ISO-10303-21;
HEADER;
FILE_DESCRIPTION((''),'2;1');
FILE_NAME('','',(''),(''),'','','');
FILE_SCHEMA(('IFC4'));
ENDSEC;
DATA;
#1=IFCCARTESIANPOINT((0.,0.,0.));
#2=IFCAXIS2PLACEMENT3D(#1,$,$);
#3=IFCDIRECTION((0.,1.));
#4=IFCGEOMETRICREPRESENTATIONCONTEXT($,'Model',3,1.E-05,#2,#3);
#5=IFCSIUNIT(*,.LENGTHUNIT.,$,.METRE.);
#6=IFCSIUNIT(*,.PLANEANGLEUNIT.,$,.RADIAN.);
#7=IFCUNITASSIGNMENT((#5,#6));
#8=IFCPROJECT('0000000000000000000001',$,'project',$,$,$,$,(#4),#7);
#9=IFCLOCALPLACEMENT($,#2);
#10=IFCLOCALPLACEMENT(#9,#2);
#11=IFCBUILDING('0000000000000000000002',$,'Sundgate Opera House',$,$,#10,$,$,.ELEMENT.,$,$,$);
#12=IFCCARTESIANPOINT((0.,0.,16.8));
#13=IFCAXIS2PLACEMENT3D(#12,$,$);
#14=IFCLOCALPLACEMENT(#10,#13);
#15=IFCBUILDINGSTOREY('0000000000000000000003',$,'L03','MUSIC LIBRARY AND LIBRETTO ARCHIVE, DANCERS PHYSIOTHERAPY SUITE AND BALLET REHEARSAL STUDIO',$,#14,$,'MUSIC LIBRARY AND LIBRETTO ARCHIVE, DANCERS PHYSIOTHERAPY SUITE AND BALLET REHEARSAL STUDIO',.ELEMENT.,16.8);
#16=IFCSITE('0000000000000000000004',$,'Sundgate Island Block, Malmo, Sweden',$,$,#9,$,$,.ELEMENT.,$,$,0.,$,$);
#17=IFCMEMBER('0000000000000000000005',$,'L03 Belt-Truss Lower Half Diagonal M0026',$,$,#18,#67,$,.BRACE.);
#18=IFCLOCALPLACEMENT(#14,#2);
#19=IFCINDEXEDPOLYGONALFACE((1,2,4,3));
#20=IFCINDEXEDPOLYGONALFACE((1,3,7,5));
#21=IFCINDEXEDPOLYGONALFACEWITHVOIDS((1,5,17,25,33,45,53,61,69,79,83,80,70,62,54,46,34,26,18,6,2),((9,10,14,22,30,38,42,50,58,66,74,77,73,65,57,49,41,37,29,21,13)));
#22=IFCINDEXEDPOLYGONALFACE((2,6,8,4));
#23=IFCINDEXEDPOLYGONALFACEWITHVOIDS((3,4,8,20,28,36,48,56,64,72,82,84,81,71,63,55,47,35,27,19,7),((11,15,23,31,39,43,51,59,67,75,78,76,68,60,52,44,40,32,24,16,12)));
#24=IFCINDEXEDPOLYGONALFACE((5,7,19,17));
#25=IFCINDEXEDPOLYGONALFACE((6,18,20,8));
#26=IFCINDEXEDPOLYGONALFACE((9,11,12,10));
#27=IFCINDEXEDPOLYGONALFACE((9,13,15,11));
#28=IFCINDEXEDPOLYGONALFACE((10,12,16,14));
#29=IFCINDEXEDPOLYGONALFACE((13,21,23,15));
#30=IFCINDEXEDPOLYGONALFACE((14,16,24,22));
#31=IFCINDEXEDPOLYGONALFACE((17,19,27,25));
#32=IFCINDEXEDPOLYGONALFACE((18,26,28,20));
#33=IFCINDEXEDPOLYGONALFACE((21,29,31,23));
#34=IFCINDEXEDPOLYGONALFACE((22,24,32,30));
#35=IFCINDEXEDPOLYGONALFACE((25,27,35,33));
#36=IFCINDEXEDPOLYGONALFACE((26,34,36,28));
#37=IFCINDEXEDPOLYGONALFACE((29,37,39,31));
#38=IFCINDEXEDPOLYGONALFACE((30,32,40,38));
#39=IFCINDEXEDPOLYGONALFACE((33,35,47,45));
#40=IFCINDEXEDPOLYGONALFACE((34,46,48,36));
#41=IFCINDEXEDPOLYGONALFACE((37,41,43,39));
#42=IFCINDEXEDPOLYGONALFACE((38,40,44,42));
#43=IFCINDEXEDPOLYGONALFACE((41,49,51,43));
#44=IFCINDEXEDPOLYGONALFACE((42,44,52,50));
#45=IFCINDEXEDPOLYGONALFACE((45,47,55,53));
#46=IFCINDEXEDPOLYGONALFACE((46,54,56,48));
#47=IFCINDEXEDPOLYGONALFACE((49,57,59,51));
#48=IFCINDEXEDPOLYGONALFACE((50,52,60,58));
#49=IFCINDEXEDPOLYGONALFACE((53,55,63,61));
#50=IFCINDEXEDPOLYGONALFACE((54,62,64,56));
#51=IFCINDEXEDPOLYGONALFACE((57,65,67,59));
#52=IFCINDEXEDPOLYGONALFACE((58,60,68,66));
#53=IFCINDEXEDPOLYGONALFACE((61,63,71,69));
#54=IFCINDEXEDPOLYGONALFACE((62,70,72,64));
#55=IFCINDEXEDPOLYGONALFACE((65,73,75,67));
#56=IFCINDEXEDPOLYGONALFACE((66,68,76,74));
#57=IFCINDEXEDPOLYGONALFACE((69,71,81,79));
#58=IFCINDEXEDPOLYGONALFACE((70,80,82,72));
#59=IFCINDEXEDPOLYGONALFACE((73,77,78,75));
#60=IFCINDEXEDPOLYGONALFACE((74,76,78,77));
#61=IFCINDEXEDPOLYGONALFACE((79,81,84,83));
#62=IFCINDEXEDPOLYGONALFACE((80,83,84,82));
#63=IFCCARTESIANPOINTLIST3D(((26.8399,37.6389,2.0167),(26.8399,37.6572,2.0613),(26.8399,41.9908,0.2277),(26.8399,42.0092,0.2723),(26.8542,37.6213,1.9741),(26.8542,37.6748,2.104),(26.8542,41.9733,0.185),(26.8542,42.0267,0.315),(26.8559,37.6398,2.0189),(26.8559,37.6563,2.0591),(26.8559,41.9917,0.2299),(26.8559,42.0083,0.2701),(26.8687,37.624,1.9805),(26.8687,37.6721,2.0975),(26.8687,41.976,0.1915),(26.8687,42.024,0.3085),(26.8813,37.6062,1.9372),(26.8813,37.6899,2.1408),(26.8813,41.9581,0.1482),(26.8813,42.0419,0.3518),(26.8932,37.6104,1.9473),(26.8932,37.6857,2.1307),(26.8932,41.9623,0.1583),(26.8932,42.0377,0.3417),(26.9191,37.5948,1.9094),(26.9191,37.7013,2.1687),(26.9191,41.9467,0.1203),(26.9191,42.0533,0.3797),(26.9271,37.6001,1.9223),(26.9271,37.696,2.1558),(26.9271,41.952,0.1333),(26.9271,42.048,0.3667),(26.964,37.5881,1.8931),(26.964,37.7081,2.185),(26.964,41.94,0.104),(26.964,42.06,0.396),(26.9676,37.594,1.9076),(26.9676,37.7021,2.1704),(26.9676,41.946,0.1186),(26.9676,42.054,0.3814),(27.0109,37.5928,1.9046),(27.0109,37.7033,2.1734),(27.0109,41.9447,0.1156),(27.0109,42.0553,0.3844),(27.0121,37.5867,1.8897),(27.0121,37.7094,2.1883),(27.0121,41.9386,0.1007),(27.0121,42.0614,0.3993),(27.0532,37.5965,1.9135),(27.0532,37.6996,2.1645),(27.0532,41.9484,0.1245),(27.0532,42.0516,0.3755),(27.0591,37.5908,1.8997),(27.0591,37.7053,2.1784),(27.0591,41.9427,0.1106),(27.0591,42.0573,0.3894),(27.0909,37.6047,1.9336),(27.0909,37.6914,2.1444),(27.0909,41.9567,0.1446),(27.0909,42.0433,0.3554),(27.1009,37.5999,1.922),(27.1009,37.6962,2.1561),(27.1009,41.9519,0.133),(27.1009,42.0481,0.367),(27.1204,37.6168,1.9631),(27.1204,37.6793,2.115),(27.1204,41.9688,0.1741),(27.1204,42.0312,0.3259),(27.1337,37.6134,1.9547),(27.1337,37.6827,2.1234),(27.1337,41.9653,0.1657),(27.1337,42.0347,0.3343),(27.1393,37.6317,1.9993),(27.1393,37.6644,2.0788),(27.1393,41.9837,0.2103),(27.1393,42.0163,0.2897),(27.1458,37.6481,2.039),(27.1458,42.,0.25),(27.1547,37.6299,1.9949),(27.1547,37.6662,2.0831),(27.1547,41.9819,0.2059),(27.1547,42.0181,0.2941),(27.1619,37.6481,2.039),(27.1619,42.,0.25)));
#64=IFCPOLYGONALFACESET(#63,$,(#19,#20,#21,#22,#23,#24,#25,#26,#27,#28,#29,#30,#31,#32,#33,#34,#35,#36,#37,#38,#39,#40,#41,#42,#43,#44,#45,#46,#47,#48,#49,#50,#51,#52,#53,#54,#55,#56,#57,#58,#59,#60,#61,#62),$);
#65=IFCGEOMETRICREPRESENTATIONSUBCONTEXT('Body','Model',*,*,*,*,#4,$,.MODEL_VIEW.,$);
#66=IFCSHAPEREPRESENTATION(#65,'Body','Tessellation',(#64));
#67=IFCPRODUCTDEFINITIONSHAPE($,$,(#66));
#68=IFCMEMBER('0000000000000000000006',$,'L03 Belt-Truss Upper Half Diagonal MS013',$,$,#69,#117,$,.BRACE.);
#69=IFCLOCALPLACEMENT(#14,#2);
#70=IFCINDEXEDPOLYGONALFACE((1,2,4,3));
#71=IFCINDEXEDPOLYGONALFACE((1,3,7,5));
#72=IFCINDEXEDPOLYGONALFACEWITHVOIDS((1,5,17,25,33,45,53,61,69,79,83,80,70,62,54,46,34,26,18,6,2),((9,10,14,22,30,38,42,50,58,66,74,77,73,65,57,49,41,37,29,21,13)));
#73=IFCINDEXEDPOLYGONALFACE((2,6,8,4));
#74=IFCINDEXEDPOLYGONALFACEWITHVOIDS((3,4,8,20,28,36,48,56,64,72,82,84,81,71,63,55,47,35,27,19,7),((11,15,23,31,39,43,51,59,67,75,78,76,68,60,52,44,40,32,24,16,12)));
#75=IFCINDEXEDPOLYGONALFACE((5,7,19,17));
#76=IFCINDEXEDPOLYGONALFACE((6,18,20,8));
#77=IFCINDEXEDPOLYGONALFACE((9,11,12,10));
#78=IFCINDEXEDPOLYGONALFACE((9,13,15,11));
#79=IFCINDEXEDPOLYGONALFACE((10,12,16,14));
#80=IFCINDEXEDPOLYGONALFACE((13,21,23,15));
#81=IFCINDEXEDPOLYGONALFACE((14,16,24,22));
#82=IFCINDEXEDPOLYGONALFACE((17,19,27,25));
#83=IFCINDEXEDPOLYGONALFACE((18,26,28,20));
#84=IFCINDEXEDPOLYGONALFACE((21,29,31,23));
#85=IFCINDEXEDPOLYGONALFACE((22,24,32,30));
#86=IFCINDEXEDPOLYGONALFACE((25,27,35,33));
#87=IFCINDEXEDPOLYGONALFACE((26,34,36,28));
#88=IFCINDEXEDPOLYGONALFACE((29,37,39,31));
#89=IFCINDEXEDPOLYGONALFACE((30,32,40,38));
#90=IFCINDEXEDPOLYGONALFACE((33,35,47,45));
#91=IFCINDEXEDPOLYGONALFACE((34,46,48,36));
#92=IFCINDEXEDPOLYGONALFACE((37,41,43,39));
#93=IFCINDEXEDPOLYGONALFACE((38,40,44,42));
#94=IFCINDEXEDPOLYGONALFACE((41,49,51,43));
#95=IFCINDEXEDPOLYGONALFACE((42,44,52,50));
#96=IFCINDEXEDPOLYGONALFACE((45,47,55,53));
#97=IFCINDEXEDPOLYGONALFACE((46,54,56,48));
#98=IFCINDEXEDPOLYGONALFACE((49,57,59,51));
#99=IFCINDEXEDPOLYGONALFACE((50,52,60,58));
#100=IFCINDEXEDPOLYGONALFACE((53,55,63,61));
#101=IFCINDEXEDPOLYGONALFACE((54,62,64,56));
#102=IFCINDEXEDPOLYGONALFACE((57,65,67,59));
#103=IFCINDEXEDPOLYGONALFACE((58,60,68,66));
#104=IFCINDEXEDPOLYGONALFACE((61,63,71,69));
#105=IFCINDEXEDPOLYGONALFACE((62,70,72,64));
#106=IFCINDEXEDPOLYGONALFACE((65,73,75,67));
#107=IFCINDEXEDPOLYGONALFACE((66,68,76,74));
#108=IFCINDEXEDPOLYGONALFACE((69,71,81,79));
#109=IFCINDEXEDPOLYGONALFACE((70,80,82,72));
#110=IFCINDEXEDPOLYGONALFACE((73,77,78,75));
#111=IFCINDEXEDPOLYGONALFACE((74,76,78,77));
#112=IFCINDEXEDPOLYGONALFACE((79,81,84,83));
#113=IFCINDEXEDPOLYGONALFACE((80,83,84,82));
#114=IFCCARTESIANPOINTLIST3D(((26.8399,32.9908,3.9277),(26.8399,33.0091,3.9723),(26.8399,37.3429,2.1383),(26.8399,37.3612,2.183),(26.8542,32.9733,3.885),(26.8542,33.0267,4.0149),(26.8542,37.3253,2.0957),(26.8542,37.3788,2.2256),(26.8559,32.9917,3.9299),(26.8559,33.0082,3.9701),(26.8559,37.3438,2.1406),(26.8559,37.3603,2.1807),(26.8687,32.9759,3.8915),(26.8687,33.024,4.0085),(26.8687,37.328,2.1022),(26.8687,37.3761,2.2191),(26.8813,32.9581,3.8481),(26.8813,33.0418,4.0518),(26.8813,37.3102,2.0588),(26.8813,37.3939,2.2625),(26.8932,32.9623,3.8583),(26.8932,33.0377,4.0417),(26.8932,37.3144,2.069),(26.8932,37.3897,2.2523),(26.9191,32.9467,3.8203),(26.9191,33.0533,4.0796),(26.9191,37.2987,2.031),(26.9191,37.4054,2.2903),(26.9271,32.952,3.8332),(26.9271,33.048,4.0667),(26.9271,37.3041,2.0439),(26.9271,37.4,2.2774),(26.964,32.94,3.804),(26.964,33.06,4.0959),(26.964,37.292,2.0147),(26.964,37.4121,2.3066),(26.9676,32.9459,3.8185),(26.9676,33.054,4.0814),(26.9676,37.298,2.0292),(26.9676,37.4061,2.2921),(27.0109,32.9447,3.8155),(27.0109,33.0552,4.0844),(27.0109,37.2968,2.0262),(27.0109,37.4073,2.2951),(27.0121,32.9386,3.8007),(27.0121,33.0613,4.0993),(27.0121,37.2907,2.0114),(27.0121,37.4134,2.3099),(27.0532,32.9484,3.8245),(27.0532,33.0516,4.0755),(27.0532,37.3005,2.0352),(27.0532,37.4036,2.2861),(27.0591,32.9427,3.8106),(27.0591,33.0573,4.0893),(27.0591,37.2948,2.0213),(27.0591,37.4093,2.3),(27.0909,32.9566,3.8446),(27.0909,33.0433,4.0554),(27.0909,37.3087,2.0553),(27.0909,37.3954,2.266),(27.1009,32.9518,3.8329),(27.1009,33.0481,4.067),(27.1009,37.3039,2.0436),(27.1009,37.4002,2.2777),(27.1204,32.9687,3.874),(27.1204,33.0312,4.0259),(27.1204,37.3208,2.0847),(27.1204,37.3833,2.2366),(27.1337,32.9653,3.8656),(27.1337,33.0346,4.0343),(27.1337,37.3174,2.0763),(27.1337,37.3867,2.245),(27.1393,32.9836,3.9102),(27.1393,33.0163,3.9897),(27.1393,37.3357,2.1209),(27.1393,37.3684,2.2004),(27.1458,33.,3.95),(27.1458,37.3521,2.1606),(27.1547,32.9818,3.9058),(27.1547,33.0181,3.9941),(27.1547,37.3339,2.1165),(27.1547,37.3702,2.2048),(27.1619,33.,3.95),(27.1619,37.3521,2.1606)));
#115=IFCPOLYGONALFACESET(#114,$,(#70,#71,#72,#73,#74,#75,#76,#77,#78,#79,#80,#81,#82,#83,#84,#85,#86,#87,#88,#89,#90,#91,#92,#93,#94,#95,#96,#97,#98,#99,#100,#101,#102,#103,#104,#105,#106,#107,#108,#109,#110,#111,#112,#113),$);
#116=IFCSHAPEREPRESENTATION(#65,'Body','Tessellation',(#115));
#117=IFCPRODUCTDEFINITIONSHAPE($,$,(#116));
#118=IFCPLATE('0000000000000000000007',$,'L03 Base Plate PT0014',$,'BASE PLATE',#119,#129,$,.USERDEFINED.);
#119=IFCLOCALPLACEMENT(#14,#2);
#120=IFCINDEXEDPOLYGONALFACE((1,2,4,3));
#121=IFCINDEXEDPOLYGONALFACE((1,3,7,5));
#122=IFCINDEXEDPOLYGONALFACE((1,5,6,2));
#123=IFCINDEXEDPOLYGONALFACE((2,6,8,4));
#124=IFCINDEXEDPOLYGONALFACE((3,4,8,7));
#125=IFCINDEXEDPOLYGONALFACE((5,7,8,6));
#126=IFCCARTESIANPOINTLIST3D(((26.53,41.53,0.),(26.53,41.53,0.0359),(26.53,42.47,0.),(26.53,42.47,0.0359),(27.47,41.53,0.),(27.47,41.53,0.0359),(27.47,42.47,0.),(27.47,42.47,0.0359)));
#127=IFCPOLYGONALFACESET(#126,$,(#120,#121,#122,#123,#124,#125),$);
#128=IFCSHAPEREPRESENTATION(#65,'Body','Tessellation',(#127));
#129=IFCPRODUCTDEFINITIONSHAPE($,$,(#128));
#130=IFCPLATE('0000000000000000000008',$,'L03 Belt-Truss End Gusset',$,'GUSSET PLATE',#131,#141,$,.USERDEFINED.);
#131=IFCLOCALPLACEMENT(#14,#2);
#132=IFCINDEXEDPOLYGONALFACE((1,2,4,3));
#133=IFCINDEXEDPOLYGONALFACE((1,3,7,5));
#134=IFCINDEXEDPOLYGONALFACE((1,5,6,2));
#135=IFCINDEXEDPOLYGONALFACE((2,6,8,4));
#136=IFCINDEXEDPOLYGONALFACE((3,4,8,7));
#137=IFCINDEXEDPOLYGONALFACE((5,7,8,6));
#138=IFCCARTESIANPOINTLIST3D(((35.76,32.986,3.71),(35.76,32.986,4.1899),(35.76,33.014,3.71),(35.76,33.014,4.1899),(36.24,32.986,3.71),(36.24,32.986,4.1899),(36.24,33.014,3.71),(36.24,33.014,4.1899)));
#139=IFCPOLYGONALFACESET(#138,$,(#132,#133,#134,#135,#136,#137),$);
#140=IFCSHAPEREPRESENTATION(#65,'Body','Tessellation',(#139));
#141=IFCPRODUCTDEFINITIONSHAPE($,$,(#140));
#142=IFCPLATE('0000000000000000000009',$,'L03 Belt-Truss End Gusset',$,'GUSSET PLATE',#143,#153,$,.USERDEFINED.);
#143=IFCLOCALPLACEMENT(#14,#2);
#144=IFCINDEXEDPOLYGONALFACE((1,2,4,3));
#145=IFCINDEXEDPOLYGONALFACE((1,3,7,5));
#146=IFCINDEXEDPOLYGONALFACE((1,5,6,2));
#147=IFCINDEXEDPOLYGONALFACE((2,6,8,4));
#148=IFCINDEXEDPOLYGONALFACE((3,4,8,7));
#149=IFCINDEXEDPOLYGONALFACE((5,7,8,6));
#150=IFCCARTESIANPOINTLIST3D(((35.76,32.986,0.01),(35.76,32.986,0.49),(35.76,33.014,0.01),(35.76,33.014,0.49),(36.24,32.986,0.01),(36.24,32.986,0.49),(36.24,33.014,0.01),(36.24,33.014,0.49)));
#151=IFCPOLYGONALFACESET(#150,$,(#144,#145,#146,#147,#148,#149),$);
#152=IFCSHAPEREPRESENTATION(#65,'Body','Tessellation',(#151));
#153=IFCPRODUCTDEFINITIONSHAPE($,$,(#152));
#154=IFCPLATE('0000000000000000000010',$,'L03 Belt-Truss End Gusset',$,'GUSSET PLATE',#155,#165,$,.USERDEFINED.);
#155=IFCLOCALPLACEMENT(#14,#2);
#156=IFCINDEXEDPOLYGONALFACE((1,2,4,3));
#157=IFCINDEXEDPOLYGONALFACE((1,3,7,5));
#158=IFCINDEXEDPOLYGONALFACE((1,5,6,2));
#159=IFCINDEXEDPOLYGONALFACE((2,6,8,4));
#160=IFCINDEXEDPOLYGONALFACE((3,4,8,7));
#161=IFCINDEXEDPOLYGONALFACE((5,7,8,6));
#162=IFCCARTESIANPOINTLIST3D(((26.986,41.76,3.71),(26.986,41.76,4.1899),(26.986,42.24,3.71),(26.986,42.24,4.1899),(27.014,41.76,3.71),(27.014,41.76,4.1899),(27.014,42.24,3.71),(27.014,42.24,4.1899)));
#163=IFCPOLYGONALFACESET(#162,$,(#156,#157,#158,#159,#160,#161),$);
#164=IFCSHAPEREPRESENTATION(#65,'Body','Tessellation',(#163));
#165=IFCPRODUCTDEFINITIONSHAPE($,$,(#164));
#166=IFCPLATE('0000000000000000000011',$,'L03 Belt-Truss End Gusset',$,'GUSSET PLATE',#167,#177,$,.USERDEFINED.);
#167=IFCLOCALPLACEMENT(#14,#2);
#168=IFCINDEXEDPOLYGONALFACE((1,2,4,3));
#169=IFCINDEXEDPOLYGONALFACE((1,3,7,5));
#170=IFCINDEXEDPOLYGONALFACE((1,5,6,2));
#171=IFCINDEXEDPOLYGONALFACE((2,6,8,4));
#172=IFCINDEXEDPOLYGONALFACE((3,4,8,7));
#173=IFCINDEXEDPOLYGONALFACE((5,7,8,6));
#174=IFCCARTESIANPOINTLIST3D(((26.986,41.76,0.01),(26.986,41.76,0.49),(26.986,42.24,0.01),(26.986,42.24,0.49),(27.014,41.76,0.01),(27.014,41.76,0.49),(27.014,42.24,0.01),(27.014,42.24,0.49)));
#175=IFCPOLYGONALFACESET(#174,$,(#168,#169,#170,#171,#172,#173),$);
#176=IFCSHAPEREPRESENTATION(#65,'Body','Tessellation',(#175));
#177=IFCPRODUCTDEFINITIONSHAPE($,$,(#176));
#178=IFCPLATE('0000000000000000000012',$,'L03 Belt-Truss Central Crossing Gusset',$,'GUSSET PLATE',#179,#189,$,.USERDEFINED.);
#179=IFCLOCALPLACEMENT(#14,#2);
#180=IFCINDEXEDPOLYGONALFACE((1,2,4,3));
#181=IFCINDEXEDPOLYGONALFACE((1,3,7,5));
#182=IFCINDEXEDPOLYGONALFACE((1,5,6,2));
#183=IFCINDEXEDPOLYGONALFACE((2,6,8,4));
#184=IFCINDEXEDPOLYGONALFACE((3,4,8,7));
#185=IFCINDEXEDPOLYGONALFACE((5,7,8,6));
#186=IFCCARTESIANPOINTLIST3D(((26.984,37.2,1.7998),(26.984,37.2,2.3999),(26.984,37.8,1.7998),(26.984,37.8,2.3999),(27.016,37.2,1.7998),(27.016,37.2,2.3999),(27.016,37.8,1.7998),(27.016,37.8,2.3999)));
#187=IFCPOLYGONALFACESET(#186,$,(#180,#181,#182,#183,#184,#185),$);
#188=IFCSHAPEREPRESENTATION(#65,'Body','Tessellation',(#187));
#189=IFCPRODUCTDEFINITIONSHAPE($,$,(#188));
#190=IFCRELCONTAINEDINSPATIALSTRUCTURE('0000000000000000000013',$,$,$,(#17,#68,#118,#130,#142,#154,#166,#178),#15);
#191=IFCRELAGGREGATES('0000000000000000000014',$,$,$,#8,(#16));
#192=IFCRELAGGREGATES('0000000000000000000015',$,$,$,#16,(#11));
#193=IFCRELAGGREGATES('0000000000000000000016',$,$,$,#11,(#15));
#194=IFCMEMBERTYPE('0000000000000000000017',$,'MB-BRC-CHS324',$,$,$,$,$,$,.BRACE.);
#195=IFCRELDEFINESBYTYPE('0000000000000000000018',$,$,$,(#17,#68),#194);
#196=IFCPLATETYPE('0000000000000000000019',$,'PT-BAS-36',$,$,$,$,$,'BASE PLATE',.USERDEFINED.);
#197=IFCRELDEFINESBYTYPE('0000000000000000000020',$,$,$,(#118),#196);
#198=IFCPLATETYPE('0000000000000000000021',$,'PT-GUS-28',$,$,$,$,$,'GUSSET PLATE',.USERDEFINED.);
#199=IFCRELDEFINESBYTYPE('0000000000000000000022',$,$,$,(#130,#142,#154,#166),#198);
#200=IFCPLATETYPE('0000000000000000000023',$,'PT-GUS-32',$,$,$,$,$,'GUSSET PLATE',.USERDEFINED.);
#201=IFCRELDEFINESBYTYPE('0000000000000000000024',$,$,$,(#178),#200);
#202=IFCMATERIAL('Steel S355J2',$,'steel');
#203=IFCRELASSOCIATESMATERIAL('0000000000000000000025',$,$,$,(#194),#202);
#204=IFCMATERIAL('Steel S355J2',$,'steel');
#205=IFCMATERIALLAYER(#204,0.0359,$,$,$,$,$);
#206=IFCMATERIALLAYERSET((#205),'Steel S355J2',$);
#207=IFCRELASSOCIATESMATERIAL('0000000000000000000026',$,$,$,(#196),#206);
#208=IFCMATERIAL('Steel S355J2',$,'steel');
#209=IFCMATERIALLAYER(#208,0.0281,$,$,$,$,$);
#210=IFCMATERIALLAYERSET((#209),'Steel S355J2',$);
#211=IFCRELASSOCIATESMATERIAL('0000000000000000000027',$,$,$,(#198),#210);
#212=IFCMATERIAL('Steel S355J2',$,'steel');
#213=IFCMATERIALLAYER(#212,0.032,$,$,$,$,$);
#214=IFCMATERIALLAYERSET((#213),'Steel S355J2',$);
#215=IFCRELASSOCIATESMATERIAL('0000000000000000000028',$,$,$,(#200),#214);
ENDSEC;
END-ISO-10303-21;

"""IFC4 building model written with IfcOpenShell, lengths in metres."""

from ifc_helpers import new_model, si_unit, direction, frame, origin, origin_2d, place, context, subcontext, project, spatial, rectangle, hollow_circle, extrude, material, layer, layer_set, material_profile, profile_set, type_object, element, save


model = new_model("IFC4")

# Units and contexts
model_context = context("Model", 3, precision=1e-05, world=origin(), true_north=direction((0.0, 1.0)))
body_context = subcontext(model_context, "Body", "Model", "MODEL_VIEW")
ifc_project = project(units=[si_unit("LENGTHUNIT", "METRE"), si_unit("PLANEANGLEUNIT", "RADIAN")], contexts=[model_context])

# Site, building, storey
site_placement = place(None, origin())
site = spatial("IfcSite", under=ifc_project, at=site_placement, Name="Sundgate Island Block, Malmo, Sweden", CompositionType="ELEMENT", RefElevation=0.0)
building_placement = place(site_placement, origin())
building = spatial("IfcBuilding", under=site, at=building_placement, Name="Sundgate Opera House", CompositionType="ELEMENT")
storey_placement = place(building_placement, frame((0.0, 0.0, 16.8)))
storey = spatial("IfcBuildingStorey", under=building, at=storey_placement, Name="L03", Description="MUSIC LIBRARY AND LIBRETTO ARCHIVE, DANCERS PHYSIOTHERAPY SUITE AND BALLET REHEARSAL STUDIO", LongName="MUSIC LIBRARY AND LIBRETTO ARCHIVE, DANCERS PHYSIOTHERAPY SUITE AND BALLET REHEARSAL STUDIO", CompositionType="ELEMENT", Elevation=16.8)

# Members
ifc_material_1 = material(Name="Steel S355J2", Category="steel")
ifc_material_profile_1 = material_profile(ifc_material_1, hollow_circle(Radius=0.1619, WallThickness=0.0161, at=origin_2d()), Name="CHS 323.9x16.0")
ifc_profile_set_1 = profile_set([ifc_material_profile_1], Name="Steel S355J2")
member_type = type_object("IfcMemberType", Name="MB-BRC-CHS324", PredefinedType="BRACE", material=ifc_profile_set_1)
for number, where, z_axis, x_axis, name in (
    (1, (27.0, 42.0, 0.25), (0.0, -0.924899, 0.380212), (1.0, 0.0, 0.0), "L03 Belt-Truss Lower Half Diagonal M0026"),
):
    element("IfcMember", number, at=place(storey_placement, frame(where, z_axis=z_axis, x_axis=x_axis)), inside=storey, type_object=member_type, Name=name, PredefinedType="BRACE", context=body_context, shape_type="SweptSolid", body=[
        extrude(hollow_circle(Radius=0.1619, WallThickness=0.0161, at=origin_2d()), origin(), (0.0, 0.0, 1.0), 4.7053),
    ])
member_placement = place(storey_placement, frame((27.0, 37.3521, 2.1606), z_axis=(0.0, -0.924881, 0.380257), x_axis=(1.0, 0.0, 0.0)))
element("IfcMember", 2, at=member_placement, inside=storey, type_object=member_type, Name="L03 Belt-Truss Upper Half Diagonal MS013", PredefinedType="BRACE", context=body_context, shape_type="SweptSolid", body=[
    extrude(hollow_circle(Radius=0.1619, WallThickness=0.0161, at=origin_2d()), origin(), (0.0, 0.0, 1.0), 4.7056),
])

# Plates
ifc_material_2 = material(Name="Steel S355J2", Category="steel")
ifc_layer_1 = layer(ifc_material_2, 0.0359)
ifc_layer_set_1 = layer_set([ifc_layer_1], Name="Steel S355J2")
plate_type_1 = type_object("IfcPlateType", Name="PT-BAS-36", ElementType="BASE PLATE", PredefinedType="USERDEFINED", material=ifc_layer_set_1)
plate_1_placement = place(storey_placement, frame((27.0, 42.0, 0.0), z_axis=(0.0, 0.0, 1.0), x_axis=(1.0, 0.0, 0.0)))
element("IfcPlate", 3, at=plate_1_placement, inside=storey, type_object=plate_type_1, Name="L03 Base Plate PT0014", ObjectType="BASE PLATE", PredefinedType="USERDEFINED", context=body_context, shape_type="SweptSolid", body=[
    extrude(rectangle(XDim=0.9399, YDim=0.9399, at=origin_2d()), origin(), (0.0, 0.0, 1.0), 0.0359),
])
ifc_material_3 = material(Name="Steel S355J2", Category="steel")
ifc_layer_2 = layer(ifc_material_3, 0.0281)
ifc_layer_set_2 = layer_set([ifc_layer_2], Name="Steel S355J2")
plate_type_2 = type_object("IfcPlateType", Name="PT-GUS-28", ElementType="GUSSET PLATE", PredefinedType="USERDEFINED", material=ifc_layer_set_2)
for number, where, z_axis, x_axis, name in (
    (4, (36.0, 33.0, 3.71), (0.0, 0.0, 1.0), (1.0, 0.0, 0.0), "L03 Belt-Truss End Gusset"),
    (5, (36.0, 33.0, 0.01), (0.0, 0.0, 1.0), (1.0, 0.0, 0.0), "L03 Belt-Truss End Gusset"),
):
    element("IfcPlate", number, at=place(storey_placement, frame(where, z_axis=z_axis, x_axis=x_axis)), inside=storey, type_object=plate_type_2, Name=name, ObjectType="GUSSET PLATE", PredefinedType="USERDEFINED", context=body_context, shape_type="SweptSolid", body=[
        extrude(rectangle(XDim=0.48, YDim=0.0281, at=origin_2d()), origin(), (0.0, 0.0, 1.0), 0.48),
    ])
for number, where, z_axis, x_axis, name in (
    (6, (27.0, 42.0, 3.71), (0.0, 0.0, 1.0), (1.0, 0.0, 0.0), "L03 Belt-Truss End Gusset"),
    (7, (27.0, 42.0, 0.01), (0.0, 0.0, 1.0), (1.0, 0.0, 0.0), "L03 Belt-Truss End Gusset"),
):
    element("IfcPlate", number, at=place(storey_placement, frame(where, z_axis=z_axis, x_axis=x_axis)), inside=storey, type_object=plate_type_2, Name=name, ObjectType="GUSSET PLATE", PredefinedType="USERDEFINED", context=body_context, shape_type="SweptSolid", body=[
        extrude(rectangle(XDim=0.0281, YDim=0.48, at=origin_2d()), origin(), (0.0, 0.0, 1.0), 0.48),
    ])
ifc_material_4 = material(Name="Steel S355J2", Category="steel")
ifc_layer_3 = layer(ifc_material_4, 0.032)
ifc_layer_set_3 = layer_set([ifc_layer_3], Name="Steel S355J2")
plate_type_3 = type_object("IfcPlateType", Name="PT-GUS-32", ElementType="GUSSET PLATE", PredefinedType="USERDEFINED", material=ifc_layer_set_3)
plate_2_placement = place(storey_placement, frame((27.0, 37.5, 1.7998), z_axis=(0.0, 0.0, 1.0), x_axis=(1.0, 0.0, 0.0)))
element("IfcPlate", 8, at=plate_2_placement, inside=storey, type_object=plate_type_3, Name="L03 Belt-Truss Central Crossing Gusset", ObjectType="GUSSET PLATE", PredefinedType="USERDEFINED", context=body_context, shape_type="SweptSolid", body=[
    extrude(rectangle(XDim=0.032, YDim=0.6001, at=origin_2d()), origin(), (0.0, 0.0, 1.0), 0.6001),
])

save(model, "model.ifc")
